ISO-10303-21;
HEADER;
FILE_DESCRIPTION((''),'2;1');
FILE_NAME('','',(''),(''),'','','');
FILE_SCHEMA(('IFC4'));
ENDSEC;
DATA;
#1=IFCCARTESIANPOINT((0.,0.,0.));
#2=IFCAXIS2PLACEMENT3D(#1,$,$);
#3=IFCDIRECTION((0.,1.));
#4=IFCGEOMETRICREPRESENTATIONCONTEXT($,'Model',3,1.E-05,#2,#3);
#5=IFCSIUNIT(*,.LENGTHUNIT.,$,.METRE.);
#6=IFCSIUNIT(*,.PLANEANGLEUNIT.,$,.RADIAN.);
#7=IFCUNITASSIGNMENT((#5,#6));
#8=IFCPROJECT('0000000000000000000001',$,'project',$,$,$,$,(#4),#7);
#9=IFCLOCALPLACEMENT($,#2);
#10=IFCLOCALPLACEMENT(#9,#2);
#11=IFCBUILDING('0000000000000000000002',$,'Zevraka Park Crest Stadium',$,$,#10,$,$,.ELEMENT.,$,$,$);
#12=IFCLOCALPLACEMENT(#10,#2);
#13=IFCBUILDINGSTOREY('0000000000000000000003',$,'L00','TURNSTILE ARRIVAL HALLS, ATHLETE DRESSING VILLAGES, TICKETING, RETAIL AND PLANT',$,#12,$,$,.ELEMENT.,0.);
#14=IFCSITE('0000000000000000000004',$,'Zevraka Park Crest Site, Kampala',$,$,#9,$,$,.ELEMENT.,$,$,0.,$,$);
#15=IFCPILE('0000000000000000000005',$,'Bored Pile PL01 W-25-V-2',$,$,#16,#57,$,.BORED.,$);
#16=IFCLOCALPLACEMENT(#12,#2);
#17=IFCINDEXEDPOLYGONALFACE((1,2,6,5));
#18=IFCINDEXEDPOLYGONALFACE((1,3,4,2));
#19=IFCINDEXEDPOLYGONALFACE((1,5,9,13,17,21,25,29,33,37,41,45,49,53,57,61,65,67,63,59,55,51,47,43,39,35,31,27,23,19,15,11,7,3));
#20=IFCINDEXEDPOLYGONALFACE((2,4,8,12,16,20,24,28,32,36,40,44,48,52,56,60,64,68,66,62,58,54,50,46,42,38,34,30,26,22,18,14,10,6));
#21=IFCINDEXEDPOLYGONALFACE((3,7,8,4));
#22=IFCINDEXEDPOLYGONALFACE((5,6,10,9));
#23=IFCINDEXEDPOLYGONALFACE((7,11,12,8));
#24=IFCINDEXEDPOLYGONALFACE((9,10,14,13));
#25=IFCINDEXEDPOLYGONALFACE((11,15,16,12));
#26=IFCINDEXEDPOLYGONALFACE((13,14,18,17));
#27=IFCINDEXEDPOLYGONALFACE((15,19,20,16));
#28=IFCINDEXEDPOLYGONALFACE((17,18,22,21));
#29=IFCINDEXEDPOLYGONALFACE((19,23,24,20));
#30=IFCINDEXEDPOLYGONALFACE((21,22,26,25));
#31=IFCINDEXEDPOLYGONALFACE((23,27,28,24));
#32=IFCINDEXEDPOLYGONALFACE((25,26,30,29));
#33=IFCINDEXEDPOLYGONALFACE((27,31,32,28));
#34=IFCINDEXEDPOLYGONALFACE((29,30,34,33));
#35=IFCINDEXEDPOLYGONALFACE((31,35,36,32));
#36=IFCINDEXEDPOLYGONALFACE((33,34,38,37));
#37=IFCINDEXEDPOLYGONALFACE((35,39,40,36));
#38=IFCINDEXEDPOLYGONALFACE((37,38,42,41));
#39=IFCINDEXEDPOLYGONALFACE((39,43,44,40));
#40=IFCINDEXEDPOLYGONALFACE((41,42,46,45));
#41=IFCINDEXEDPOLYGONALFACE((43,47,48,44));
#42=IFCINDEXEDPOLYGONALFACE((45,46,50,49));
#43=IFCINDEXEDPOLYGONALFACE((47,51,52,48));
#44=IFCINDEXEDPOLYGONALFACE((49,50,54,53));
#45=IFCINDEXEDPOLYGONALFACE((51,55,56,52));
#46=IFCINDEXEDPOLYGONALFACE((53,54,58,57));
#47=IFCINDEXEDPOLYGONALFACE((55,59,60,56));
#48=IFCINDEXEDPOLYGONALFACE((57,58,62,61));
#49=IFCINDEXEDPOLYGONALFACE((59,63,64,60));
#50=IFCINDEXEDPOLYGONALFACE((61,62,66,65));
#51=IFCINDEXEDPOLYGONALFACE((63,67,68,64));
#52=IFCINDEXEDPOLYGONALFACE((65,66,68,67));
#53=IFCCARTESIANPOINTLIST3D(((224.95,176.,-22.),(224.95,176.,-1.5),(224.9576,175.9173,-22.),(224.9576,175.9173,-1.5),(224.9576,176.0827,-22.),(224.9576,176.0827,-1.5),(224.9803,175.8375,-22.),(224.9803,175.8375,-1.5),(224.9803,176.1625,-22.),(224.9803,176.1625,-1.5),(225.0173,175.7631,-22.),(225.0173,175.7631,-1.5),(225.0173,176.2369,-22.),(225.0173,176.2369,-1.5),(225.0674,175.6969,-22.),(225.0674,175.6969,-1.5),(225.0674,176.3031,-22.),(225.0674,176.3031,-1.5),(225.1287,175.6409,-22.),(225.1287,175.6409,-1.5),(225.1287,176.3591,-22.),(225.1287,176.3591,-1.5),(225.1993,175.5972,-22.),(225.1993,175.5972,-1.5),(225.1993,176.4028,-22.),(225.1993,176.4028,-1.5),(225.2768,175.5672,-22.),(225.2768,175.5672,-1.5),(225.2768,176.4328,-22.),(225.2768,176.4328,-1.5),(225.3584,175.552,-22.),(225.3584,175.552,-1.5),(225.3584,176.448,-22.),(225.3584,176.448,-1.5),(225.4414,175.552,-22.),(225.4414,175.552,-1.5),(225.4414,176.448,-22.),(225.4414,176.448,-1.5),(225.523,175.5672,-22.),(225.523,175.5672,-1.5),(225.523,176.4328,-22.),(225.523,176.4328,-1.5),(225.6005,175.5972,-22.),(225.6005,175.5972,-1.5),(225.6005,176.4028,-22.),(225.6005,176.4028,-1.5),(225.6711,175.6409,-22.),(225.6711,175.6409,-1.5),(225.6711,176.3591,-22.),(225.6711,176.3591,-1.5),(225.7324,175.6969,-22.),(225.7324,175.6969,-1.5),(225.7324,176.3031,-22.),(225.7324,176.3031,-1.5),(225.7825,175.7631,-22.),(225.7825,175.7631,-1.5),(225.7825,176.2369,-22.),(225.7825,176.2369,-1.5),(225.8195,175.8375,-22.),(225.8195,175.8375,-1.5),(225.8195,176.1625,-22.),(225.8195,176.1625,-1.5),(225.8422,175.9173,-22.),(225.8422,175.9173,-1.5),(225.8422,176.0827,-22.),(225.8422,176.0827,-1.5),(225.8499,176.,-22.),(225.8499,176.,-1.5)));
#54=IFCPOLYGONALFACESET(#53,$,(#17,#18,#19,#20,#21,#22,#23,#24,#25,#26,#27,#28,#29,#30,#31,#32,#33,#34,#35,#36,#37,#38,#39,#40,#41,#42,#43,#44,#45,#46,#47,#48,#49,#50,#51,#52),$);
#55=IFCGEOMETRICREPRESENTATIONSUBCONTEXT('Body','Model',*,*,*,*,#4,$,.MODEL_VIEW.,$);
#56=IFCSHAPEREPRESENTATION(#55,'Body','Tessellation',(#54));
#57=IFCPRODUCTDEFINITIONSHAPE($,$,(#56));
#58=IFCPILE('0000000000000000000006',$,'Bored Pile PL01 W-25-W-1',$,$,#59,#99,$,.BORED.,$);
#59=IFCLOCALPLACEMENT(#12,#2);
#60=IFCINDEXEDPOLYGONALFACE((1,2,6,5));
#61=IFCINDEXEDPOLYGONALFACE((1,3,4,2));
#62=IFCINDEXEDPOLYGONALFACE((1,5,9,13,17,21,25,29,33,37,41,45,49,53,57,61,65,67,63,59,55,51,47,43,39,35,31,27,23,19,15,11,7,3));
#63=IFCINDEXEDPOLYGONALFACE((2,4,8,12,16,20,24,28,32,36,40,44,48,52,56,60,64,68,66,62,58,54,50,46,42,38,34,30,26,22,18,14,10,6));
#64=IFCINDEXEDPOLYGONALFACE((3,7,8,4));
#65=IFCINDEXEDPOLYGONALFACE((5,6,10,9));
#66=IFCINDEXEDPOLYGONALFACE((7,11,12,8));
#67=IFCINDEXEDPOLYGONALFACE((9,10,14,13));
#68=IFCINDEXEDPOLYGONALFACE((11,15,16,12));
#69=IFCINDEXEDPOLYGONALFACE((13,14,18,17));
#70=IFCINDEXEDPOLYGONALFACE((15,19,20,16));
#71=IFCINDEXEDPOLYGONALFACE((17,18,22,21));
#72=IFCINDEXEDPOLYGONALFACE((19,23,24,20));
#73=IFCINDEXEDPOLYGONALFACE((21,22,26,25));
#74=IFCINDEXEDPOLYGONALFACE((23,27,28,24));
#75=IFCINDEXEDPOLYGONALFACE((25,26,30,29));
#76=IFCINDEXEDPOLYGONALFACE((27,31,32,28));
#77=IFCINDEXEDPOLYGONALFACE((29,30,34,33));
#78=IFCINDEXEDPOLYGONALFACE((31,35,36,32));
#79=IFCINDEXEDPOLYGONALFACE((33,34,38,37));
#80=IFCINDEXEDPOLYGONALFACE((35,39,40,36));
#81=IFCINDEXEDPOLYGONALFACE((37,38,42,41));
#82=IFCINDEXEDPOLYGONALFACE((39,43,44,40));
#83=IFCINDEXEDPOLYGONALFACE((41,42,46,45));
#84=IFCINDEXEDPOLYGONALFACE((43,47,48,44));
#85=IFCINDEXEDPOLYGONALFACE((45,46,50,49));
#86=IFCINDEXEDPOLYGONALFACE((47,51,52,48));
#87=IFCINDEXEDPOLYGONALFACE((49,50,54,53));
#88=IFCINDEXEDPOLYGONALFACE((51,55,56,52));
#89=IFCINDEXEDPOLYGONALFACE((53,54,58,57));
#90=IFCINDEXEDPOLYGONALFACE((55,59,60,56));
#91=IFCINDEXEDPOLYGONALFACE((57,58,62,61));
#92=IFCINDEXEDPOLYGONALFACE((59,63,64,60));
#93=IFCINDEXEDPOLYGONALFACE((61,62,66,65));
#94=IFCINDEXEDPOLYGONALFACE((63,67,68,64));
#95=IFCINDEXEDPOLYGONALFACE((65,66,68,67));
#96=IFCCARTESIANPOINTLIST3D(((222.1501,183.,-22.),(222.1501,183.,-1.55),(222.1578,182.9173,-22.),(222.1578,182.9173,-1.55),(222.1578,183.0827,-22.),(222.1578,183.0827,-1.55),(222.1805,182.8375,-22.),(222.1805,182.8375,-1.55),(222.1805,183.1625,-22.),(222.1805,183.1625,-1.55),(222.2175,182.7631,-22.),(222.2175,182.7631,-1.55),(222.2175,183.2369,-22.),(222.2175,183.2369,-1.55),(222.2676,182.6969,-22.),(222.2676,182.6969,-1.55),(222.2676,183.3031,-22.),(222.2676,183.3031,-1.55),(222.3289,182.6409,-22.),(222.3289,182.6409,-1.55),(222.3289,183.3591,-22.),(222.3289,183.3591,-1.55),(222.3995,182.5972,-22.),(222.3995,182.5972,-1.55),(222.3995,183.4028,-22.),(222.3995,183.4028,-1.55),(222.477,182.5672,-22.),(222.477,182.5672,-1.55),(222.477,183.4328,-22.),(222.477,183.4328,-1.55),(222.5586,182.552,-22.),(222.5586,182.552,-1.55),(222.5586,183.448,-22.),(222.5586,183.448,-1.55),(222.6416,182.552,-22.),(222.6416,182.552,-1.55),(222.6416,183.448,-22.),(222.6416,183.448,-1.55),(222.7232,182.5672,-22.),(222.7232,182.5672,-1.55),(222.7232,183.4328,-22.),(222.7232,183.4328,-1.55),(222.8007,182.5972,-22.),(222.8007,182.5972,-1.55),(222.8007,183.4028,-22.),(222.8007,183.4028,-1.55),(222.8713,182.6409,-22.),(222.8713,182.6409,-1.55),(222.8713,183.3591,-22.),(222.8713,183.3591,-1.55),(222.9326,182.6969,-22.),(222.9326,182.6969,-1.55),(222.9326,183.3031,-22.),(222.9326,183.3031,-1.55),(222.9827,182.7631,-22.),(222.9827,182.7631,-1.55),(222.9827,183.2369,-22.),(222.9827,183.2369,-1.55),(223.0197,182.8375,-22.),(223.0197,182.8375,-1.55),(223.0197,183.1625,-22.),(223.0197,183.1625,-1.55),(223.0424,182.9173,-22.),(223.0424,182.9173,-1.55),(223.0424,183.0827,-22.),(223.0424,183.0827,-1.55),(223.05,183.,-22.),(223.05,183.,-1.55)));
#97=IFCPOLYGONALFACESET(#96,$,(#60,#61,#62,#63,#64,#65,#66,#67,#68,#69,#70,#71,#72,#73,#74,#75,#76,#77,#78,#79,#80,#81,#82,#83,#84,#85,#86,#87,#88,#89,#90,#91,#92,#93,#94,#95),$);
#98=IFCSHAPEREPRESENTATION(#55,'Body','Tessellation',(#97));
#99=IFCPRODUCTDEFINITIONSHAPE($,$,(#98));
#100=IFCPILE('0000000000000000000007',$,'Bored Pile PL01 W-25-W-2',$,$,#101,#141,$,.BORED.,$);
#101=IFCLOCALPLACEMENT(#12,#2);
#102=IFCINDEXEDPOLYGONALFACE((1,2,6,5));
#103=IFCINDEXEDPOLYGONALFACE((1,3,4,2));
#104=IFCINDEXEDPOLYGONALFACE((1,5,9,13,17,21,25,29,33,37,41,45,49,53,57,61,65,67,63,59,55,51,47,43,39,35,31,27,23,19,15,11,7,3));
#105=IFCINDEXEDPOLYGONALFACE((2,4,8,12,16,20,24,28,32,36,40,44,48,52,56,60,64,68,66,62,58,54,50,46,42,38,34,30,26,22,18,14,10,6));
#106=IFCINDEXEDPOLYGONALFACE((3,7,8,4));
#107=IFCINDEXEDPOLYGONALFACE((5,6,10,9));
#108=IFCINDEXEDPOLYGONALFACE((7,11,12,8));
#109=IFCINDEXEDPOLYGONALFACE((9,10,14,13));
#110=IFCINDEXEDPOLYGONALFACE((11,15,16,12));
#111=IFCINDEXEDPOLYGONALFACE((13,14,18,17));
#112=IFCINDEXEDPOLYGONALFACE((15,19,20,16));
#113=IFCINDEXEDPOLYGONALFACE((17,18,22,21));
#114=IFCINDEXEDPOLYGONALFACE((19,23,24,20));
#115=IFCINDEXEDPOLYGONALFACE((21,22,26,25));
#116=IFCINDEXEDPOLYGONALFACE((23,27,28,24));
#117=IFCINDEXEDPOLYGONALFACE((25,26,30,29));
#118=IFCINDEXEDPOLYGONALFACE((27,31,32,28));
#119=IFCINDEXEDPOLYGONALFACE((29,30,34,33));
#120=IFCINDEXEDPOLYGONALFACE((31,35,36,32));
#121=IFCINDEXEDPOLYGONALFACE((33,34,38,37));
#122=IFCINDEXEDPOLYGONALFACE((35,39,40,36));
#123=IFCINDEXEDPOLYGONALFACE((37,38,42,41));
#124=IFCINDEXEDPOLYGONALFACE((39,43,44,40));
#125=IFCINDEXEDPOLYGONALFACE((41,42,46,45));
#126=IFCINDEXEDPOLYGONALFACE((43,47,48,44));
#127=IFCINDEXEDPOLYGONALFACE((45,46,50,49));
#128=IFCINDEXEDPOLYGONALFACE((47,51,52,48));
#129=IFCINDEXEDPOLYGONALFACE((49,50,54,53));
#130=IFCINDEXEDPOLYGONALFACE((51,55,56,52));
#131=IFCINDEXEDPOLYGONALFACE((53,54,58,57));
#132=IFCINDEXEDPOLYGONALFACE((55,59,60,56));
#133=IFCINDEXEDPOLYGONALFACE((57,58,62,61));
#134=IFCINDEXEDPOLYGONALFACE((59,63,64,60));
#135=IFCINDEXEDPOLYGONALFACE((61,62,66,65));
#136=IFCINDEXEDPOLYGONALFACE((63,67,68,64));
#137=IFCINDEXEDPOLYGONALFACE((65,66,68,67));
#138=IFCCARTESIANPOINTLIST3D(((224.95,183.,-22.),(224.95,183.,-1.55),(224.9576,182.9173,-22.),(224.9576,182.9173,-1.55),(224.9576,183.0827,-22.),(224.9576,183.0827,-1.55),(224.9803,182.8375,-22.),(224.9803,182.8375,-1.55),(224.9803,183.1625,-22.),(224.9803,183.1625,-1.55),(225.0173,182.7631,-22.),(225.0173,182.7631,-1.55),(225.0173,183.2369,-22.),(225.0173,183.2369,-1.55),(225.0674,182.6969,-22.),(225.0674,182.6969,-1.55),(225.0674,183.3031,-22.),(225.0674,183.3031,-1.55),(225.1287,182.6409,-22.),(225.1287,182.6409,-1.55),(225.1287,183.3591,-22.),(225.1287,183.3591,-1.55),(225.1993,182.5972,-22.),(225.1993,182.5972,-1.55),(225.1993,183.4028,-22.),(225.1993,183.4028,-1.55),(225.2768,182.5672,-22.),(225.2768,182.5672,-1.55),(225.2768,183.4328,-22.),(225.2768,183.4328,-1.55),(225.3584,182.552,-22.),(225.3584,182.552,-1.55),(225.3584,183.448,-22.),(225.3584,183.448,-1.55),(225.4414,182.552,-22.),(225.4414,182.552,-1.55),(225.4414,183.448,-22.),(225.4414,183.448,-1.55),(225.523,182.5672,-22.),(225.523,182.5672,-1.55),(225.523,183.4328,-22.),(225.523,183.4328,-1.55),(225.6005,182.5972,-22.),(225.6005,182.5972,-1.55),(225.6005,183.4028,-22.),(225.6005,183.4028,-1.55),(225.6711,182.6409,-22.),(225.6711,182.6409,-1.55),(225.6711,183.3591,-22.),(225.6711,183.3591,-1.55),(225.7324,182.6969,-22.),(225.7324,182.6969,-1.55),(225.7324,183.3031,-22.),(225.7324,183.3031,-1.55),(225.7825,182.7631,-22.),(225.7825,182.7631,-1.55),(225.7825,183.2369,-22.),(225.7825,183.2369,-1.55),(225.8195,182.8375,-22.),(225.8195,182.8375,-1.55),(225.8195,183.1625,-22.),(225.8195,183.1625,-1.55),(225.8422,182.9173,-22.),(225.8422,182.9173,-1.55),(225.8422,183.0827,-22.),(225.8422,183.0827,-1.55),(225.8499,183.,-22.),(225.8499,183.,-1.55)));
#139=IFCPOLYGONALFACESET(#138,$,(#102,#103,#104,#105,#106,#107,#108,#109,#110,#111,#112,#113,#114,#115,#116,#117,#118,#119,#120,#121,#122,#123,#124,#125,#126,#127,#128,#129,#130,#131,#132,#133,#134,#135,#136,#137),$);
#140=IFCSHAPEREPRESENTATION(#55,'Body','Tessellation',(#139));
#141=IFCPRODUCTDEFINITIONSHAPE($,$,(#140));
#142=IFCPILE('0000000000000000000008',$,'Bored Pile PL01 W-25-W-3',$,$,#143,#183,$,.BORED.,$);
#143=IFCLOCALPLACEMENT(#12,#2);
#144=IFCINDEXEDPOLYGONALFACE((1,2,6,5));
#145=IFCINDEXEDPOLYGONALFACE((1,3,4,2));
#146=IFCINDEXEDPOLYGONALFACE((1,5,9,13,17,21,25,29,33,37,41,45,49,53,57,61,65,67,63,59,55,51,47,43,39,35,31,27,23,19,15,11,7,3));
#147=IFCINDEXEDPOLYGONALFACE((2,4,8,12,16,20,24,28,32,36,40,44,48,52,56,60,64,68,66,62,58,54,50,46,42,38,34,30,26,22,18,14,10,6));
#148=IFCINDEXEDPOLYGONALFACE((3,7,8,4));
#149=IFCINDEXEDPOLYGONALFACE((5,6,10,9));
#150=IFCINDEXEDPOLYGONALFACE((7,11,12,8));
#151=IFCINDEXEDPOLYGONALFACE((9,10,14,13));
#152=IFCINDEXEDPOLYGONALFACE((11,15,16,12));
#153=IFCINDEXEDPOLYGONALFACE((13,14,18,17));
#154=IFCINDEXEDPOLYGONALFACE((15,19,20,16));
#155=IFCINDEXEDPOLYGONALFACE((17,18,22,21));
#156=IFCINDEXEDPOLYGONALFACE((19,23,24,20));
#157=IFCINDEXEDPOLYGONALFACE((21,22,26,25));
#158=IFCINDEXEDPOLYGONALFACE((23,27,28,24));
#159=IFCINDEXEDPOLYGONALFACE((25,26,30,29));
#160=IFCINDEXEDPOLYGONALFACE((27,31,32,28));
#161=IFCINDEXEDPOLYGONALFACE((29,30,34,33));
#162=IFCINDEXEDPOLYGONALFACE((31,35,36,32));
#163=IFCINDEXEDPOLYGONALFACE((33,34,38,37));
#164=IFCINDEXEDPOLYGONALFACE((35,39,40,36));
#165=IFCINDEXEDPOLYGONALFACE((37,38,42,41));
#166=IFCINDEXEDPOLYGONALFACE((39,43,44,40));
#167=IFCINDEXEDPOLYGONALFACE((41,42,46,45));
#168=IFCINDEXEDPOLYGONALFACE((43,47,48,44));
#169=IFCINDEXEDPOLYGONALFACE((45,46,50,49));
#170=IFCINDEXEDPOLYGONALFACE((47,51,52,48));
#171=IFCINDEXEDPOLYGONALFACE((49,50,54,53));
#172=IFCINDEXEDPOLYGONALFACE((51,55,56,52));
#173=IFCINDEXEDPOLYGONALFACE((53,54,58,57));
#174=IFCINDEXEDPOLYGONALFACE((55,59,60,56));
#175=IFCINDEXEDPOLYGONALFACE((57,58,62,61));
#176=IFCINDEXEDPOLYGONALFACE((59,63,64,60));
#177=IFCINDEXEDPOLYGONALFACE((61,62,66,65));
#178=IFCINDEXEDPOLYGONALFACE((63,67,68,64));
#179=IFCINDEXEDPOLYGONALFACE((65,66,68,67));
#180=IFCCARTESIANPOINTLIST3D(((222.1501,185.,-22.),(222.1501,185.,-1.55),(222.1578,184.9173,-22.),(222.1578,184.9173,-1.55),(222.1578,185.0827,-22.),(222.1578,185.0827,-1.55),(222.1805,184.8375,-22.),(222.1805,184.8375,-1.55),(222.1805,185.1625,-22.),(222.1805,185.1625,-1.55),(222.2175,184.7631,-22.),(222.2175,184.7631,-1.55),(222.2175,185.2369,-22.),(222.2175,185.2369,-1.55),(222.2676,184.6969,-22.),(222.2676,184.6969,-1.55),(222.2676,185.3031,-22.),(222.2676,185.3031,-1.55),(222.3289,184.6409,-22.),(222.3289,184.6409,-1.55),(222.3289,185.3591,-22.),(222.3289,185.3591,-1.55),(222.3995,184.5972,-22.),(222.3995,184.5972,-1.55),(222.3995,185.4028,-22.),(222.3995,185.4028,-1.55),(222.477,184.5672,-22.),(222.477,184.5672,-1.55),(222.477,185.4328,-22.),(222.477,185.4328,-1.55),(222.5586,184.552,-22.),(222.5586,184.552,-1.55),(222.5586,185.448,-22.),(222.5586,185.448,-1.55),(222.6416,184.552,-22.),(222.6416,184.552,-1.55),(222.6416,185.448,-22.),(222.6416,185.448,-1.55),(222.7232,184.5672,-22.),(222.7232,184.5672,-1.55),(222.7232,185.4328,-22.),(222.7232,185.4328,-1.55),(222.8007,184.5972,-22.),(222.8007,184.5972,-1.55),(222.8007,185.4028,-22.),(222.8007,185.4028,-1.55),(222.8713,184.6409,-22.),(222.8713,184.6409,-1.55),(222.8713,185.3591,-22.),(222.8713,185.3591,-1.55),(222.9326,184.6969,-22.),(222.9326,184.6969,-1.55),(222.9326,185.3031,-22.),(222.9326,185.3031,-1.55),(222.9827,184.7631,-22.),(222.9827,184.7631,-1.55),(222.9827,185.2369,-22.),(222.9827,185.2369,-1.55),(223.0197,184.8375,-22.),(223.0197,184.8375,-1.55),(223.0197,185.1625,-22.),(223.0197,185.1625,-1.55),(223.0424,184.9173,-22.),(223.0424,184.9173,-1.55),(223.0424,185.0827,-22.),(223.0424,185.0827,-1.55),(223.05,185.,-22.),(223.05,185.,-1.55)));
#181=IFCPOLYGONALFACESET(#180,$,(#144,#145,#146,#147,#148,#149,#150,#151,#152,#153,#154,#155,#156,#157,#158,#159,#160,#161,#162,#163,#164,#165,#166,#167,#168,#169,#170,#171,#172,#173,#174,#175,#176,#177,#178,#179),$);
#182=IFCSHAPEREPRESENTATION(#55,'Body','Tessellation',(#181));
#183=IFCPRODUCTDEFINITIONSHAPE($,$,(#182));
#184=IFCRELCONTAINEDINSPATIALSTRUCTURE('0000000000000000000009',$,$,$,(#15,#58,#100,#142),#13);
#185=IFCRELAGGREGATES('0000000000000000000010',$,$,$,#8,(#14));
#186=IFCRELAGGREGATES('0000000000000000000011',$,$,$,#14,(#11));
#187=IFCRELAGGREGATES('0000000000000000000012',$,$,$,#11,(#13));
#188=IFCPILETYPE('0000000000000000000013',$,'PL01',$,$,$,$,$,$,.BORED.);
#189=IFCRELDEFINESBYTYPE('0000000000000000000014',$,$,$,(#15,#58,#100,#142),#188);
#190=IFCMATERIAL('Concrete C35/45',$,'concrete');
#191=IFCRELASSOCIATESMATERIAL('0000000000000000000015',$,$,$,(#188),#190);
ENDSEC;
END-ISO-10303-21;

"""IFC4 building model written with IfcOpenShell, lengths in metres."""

from ifc_helpers import new_model, si_unit, direction, frame, origin, origin_2d, place, context, subcontext, project, spatial, circle, extrude, material, material_profile, profile_set, type_object, element, save


model = new_model("IFC4")

# Units and contexts
model_context = context("Model", 3, precision=1e-05, world=origin(), true_north=direction((0.0, 1.0)))
body_context = subcontext(model_context, "Body", "Model", "MODEL_VIEW")
ifc_project = project(units=[si_unit("LENGTHUNIT", "METRE"), si_unit("PLANEANGLEUNIT", "RADIAN")], contexts=[model_context])

# Site, building, storey
site_placement = place(None, origin())
site = spatial("IfcSite", under=ifc_project, at=site_placement, Name="Zevraka Park Crest Site, Kampala", CompositionType="ELEMENT", RefElevation=0.0)
building_placement = place(site_placement, origin())
building = spatial("IfcBuilding", under=site, at=building_placement, Name="Zevraka Park Crest Stadium", CompositionType="ELEMENT")
storey_placement = place(building_placement, origin())
storey = spatial("IfcBuildingStorey", under=building, at=storey_placement, Name="L00", Description="TURNSTILE ARRIVAL HALLS, ATHLETE DRESSING VILLAGES, TICKETING, RETAIL AND PLANT", CompositionType="ELEMENT", Elevation=0.0)

# Piles
ifc_material_1 = material(Name="Concrete C35/45", Category="concrete")
ifc_material_profile_1 = material_profile(ifc_material_1, circle(Radius=0.45, at=origin_2d()), Name="PILE D900")
ifc_profile_set_1 = profile_set([ifc_material_profile_1], Name="Concrete C35/45")
pile_type_1 = type_object("IfcPileType", Name="PL01", PredefinedType="BORED", material=ifc_profile_set_1)
for number, where, z_axis, x_axis, name in (
    (1, (225.3999, 176.0, -1.5), (0.0, 0.0, -1.0), (1.0, 0.0, 0.0), "Bored Pile PL01 W-25-V-2"),
):
    element("IfcPile", number, at=place(storey_placement, frame(where, z_axis=z_axis, x_axis=x_axis)), inside=storey, type_object=pile_type_1, Name=name, PredefinedType="BORED", context=body_context, shape_type="SweptSolid", body=[
        extrude(circle(Radius=0.45, at=origin_2d()), origin(), (0.0, 0.0, 1.0), 20.5),
    ])
for number, where, z_axis, x_axis, name in (
    (2, (222.6001, 183.0, -1.55), (0.0, 0.0, -1.0), (1.0, 0.0, 0.0), "Bored Pile PL01 W-25-W-1"),
    (3, (225.3999, 183.0, -1.55), (0.0, 0.0, -1.0), (1.0, 0.0, 0.0), "Bored Pile PL01 W-25-W-2"),
    (4, (222.6001, 185.0, -1.55), (0.0, 0.0, -1.0), (1.0, 0.0, 0.0), "Bored Pile PL01 W-25-W-3"),
):
    element("IfcPile", number, at=place(storey_placement, frame(where, z_axis=z_axis, x_axis=x_axis)), inside=storey, type_object=pile_type_1, Name=name, PredefinedType="BORED", context=body_context, shape_type="SweptSolid", body=[
        extrude(circle(Radius=0.45, at=origin_2d()), origin(), (0.0, 0.0, 1.0), 20.45),
    ])

save(model, "model.ifc")
